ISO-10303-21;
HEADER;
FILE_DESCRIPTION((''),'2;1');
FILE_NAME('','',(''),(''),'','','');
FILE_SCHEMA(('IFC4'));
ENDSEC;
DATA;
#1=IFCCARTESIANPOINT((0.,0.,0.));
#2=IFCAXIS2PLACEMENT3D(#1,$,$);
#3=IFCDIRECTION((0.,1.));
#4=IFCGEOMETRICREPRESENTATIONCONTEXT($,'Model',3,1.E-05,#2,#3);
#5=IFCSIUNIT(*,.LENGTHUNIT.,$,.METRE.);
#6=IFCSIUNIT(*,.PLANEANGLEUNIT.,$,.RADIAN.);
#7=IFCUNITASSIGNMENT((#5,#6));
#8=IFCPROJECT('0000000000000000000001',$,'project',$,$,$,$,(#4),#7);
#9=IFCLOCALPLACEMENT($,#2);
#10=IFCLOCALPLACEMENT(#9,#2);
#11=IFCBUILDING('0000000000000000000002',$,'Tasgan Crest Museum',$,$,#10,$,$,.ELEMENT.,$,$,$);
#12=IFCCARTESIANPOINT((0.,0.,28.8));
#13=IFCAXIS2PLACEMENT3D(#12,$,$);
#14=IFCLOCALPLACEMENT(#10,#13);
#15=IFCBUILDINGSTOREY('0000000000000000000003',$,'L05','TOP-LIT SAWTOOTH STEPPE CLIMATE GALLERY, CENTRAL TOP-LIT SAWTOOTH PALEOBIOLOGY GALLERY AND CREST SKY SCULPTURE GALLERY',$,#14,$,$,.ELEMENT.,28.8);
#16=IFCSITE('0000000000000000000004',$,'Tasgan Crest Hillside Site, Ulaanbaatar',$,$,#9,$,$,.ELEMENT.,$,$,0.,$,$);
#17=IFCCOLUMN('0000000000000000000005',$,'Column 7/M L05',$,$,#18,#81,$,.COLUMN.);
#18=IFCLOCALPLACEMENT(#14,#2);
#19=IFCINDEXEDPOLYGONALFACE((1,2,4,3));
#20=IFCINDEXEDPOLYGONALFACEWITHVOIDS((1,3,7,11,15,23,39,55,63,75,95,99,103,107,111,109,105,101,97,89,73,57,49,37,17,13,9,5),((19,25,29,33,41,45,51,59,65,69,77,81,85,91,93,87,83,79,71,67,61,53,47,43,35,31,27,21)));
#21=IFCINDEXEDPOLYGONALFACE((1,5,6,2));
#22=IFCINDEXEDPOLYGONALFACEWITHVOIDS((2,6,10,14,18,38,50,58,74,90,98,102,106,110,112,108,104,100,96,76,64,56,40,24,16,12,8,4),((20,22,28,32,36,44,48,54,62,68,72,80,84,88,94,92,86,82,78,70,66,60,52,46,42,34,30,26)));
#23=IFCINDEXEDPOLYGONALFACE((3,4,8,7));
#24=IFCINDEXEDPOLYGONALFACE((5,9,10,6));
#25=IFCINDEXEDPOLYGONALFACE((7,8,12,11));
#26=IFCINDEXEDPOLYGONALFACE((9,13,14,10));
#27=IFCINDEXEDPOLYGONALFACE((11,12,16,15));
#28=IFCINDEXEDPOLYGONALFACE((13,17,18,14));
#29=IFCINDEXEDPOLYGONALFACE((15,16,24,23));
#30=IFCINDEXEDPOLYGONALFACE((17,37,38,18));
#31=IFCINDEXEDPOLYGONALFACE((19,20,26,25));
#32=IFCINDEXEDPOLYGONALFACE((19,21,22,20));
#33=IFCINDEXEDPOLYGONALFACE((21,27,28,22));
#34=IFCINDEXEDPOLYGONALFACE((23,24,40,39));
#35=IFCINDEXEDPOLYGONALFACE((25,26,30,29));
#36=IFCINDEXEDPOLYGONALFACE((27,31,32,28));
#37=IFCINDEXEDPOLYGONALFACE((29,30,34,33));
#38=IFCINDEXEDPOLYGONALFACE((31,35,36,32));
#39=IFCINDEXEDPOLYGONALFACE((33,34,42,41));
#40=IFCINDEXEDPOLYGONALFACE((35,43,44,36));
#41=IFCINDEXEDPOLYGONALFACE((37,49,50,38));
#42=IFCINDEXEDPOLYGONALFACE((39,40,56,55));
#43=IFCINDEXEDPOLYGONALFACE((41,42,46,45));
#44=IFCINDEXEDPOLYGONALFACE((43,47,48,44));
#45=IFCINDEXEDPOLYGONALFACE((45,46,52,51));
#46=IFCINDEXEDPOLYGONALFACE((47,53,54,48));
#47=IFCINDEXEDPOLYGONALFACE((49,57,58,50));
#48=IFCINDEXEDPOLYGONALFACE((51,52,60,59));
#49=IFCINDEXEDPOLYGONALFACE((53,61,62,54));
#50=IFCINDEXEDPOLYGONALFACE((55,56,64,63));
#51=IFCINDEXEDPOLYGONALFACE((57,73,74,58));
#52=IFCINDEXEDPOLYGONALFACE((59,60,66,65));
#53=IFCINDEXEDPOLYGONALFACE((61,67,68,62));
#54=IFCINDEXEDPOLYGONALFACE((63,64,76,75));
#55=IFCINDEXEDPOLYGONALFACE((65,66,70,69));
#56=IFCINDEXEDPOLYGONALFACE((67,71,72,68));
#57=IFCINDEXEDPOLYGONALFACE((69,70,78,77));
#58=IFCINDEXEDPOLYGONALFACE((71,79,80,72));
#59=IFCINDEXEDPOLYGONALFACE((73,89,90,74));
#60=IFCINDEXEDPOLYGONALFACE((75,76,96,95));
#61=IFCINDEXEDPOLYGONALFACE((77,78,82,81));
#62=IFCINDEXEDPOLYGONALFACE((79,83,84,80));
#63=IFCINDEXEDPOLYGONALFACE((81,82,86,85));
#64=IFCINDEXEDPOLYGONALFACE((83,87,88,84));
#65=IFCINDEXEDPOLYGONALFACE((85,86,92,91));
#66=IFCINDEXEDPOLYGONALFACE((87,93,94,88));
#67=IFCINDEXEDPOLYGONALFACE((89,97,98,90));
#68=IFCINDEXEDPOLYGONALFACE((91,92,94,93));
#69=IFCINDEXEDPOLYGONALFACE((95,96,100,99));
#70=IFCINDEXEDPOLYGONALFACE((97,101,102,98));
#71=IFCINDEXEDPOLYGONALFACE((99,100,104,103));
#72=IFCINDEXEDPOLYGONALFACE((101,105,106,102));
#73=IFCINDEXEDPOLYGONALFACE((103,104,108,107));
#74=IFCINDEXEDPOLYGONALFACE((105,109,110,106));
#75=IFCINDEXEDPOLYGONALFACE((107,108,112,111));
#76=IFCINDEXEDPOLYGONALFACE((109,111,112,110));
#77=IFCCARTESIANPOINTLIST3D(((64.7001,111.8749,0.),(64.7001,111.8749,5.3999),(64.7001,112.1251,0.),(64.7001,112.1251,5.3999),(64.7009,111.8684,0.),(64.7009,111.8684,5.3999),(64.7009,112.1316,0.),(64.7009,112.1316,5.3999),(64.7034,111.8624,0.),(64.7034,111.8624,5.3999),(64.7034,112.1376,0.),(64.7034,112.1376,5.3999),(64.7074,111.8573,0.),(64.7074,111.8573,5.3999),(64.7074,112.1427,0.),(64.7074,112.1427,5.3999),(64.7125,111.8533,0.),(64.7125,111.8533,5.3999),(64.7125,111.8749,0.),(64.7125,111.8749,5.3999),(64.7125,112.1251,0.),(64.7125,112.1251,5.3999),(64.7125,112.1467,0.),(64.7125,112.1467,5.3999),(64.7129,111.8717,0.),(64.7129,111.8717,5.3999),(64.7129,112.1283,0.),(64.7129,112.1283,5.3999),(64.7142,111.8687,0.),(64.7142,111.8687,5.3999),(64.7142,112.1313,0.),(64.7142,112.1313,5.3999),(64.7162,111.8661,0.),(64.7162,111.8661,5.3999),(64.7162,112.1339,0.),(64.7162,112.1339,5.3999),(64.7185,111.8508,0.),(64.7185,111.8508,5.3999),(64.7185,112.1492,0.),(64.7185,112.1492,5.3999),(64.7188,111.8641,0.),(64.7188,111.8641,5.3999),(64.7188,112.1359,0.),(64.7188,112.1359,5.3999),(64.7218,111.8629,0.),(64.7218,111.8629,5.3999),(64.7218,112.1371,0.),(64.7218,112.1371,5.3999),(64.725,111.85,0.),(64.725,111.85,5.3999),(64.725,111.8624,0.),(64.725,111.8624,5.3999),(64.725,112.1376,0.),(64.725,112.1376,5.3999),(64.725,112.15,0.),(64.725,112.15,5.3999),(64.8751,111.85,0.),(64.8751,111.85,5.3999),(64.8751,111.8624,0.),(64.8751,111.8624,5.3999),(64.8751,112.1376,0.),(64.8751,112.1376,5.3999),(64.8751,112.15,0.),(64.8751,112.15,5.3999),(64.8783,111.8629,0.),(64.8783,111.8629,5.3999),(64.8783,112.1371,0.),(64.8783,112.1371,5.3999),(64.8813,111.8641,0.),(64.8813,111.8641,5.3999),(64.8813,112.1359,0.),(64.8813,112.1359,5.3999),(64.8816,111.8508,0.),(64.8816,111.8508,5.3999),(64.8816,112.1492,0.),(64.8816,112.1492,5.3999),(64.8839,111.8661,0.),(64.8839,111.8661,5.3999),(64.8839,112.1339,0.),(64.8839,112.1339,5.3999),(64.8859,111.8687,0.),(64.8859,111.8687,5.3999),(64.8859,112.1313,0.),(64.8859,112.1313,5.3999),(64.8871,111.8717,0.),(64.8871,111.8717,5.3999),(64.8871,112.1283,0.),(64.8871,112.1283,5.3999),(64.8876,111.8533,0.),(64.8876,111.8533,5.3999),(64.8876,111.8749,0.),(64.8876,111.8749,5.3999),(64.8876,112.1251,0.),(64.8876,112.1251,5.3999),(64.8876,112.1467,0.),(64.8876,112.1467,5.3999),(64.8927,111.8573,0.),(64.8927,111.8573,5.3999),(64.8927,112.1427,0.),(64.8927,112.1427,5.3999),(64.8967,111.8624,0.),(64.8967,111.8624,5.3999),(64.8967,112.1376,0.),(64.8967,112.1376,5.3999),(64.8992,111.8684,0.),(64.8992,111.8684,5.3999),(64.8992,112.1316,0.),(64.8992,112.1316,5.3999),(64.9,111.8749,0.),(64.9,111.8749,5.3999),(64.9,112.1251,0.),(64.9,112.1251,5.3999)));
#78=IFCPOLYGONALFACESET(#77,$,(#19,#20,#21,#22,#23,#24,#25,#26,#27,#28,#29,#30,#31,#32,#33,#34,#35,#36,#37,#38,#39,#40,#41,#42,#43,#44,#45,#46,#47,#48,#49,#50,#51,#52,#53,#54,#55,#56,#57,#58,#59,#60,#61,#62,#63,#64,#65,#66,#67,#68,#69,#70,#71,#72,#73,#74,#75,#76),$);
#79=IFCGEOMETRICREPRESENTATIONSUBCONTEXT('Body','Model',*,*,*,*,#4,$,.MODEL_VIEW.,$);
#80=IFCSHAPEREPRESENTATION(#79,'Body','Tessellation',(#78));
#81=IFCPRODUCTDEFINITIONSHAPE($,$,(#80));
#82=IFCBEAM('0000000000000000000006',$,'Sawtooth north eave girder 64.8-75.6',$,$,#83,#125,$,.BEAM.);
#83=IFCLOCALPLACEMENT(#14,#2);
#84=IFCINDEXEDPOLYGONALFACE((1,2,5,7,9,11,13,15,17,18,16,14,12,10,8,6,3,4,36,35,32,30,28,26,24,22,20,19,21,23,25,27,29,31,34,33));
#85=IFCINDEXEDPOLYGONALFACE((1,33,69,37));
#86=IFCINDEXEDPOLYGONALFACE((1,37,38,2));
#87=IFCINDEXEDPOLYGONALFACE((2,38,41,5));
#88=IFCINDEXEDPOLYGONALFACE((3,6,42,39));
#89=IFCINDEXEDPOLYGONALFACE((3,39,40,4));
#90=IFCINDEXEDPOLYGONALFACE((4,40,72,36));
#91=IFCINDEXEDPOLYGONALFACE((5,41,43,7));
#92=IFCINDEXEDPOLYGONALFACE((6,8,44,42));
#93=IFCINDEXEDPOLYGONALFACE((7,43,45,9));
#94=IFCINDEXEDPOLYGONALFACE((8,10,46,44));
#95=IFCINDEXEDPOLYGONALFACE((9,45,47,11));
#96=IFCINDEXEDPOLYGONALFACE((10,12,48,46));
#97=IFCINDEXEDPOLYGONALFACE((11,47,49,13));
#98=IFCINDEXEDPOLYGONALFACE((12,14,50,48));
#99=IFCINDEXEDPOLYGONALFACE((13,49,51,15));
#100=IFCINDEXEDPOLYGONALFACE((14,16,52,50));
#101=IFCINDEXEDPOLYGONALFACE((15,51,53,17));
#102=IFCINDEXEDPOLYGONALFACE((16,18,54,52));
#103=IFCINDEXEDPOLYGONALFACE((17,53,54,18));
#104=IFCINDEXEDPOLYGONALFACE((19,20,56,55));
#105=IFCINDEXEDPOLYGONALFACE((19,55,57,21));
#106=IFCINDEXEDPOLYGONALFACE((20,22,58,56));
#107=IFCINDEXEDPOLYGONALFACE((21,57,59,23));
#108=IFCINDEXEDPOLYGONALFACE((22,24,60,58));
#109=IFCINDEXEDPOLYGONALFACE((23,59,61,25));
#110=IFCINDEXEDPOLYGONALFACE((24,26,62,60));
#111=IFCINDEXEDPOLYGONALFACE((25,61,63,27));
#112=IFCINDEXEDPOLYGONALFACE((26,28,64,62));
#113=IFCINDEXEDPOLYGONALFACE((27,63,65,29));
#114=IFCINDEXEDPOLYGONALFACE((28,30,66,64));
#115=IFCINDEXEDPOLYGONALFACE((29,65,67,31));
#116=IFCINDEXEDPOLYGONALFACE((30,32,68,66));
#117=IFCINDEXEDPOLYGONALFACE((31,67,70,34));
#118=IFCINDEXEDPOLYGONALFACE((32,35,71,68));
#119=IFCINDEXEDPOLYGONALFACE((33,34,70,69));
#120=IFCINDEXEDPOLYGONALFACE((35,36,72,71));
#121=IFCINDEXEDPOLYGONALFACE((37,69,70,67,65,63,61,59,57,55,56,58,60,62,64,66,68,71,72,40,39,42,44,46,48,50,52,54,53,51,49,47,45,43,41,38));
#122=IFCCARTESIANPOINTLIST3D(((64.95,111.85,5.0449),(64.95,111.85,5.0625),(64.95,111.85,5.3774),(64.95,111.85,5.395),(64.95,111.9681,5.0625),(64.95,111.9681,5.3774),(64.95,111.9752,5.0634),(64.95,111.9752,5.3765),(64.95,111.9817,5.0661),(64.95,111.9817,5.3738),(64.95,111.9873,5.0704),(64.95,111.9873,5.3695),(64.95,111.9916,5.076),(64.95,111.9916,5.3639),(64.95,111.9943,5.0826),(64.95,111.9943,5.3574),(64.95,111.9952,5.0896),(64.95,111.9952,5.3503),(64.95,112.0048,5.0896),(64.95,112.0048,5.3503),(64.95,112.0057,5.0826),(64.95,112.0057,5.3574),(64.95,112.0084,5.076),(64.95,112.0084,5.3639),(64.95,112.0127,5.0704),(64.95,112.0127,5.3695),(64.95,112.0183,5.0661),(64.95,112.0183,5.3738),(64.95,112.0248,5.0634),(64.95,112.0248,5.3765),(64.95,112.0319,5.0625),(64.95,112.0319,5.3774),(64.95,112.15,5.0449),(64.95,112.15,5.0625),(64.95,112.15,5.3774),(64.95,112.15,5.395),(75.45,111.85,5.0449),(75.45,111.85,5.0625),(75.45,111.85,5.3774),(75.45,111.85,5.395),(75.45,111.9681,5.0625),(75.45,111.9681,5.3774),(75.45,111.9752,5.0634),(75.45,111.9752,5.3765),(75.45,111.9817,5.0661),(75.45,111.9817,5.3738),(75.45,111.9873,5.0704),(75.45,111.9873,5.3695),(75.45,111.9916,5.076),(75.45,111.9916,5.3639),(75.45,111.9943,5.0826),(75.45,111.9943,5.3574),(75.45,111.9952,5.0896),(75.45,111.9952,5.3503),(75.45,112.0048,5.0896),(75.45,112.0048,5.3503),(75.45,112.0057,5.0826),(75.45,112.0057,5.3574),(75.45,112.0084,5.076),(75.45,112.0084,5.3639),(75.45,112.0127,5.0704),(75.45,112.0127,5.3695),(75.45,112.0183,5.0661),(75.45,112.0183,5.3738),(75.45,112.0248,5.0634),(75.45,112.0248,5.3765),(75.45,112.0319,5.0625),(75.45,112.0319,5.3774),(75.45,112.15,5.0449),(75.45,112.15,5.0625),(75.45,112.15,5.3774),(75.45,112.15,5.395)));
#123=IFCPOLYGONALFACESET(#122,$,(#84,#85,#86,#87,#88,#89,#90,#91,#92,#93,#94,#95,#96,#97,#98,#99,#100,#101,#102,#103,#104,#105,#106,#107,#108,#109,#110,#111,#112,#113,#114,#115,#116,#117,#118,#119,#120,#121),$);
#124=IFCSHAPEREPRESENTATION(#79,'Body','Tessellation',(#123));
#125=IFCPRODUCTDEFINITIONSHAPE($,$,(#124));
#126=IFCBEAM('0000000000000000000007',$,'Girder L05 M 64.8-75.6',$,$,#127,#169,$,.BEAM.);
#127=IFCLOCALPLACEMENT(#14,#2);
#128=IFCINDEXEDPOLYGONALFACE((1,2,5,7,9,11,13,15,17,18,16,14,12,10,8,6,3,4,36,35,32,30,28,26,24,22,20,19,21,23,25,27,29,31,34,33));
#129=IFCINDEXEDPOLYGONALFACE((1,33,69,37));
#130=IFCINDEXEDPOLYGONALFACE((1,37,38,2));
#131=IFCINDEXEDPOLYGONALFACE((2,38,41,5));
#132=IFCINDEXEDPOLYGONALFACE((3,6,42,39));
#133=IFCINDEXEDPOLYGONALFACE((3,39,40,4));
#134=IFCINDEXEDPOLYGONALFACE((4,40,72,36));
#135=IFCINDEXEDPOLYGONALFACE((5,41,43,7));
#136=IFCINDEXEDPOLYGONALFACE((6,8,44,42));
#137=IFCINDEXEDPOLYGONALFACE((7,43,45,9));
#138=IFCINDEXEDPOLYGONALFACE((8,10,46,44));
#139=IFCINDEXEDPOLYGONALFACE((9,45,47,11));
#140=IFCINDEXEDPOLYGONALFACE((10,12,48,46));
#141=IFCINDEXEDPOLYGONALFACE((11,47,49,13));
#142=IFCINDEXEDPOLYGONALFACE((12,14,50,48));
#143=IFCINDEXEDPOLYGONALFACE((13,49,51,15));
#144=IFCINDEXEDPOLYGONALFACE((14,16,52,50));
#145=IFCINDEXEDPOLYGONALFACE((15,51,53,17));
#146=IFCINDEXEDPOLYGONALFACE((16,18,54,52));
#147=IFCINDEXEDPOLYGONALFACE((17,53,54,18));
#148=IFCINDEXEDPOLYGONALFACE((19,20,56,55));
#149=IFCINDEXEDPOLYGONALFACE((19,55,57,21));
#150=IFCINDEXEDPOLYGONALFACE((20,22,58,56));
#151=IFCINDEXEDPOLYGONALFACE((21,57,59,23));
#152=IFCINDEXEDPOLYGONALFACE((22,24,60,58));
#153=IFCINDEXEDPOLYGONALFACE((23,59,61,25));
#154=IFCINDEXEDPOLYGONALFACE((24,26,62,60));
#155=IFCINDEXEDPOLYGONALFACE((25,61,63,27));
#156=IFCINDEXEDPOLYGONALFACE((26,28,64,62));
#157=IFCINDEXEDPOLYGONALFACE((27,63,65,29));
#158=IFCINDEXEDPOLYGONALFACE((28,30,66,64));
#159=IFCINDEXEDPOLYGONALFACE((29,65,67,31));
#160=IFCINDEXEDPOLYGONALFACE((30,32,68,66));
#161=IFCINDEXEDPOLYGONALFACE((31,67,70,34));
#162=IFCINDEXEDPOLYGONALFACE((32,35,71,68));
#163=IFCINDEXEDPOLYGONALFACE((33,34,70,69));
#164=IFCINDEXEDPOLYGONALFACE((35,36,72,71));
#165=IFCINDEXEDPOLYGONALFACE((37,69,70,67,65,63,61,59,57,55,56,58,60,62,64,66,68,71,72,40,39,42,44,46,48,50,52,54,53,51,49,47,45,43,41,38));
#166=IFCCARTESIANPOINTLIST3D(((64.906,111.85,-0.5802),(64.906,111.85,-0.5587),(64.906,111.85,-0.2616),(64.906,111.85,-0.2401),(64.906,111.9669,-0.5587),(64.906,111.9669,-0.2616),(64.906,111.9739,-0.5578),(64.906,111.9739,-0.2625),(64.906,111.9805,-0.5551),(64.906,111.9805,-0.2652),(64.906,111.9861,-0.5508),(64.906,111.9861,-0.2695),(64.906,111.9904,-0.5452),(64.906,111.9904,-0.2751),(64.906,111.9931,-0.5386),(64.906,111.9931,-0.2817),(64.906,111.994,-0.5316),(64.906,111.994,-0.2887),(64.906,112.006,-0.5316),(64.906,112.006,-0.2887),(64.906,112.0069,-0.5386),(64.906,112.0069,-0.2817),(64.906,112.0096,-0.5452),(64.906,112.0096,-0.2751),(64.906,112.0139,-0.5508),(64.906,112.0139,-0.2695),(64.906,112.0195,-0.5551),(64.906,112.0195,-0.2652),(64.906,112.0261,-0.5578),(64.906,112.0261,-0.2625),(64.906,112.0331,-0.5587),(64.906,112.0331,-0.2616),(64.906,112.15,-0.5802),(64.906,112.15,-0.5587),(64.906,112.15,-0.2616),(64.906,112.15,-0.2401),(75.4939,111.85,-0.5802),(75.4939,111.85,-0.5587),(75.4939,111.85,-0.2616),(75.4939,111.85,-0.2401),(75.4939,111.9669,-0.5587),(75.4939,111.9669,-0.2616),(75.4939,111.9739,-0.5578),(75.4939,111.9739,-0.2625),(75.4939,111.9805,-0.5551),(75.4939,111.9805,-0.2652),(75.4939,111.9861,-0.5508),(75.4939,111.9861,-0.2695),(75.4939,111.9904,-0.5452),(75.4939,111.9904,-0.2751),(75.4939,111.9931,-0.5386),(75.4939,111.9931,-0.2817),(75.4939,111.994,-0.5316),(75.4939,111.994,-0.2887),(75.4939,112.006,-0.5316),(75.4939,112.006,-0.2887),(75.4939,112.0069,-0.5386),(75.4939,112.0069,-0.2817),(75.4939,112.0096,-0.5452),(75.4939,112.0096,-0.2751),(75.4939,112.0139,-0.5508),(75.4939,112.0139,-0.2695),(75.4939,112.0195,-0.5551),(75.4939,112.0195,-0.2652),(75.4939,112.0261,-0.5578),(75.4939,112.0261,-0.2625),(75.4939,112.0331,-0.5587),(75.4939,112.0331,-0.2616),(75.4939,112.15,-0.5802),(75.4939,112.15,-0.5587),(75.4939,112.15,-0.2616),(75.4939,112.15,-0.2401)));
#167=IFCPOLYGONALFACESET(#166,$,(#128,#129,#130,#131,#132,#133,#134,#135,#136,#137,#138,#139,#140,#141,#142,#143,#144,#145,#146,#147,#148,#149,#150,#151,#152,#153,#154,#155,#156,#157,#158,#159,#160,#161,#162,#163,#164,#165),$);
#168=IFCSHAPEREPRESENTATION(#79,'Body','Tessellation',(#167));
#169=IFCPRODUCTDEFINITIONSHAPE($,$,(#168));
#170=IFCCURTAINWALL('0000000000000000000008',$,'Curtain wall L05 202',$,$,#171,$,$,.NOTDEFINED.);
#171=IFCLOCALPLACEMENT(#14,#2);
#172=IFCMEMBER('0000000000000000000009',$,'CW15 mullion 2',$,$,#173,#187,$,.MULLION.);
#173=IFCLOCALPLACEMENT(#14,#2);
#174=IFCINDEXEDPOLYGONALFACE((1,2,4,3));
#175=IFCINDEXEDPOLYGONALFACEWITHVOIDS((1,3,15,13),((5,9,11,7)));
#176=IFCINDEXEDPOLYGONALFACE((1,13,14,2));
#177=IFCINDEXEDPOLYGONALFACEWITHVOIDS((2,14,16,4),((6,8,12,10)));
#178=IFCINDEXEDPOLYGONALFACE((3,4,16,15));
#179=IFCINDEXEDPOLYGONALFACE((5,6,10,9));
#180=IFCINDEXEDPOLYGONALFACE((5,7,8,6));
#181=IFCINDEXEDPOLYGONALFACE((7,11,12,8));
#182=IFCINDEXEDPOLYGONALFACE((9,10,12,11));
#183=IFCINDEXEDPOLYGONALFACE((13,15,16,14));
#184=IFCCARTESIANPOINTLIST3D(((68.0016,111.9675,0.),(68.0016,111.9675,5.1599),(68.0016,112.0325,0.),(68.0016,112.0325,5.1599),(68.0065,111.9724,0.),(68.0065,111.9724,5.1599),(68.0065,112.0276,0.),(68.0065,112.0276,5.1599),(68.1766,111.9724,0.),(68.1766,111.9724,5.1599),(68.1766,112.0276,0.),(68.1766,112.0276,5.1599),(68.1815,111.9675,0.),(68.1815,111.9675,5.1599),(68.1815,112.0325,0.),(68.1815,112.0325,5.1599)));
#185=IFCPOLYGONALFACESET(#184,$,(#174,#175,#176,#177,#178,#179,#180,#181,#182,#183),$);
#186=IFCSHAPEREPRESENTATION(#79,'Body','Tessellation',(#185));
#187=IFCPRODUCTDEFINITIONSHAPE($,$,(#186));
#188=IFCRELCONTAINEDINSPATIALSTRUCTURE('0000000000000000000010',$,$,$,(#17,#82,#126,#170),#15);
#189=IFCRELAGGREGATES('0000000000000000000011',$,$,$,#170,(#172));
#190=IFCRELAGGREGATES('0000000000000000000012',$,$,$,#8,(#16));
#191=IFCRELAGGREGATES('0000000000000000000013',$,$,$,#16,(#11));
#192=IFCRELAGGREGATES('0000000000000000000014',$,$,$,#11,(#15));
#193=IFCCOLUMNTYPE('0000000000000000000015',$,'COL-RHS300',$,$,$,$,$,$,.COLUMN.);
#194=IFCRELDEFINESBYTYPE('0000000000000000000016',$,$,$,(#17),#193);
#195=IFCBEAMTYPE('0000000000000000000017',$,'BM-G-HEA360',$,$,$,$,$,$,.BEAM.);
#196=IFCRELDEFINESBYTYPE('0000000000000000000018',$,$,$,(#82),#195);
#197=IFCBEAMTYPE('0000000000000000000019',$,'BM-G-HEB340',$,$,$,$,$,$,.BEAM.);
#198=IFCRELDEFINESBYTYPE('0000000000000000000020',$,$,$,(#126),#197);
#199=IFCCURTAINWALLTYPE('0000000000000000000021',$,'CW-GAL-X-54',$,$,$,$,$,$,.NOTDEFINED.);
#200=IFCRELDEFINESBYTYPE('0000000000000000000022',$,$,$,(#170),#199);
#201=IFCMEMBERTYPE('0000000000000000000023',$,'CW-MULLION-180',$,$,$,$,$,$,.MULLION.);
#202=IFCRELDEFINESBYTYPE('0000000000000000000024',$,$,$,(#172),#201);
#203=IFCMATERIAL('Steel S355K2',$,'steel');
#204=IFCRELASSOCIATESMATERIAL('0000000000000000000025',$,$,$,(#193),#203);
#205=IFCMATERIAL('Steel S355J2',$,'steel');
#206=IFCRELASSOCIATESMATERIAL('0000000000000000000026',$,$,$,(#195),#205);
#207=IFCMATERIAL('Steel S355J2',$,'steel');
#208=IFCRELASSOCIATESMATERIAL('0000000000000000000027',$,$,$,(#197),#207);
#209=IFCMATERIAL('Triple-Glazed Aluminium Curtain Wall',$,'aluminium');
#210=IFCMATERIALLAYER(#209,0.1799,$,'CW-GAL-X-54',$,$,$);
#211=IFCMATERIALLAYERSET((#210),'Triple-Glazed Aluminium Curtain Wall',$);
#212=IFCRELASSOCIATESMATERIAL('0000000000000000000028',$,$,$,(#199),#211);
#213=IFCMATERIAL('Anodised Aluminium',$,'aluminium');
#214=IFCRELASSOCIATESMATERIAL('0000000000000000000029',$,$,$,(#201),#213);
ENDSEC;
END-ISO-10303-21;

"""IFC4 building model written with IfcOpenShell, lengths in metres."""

from ifc_helpers import new_model, si_unit, direction, frame, origin, origin_2d, place, context, subcontext, project, spatial, hollow_rectangle, i_section, extrude, material, layer, layer_set, material_profile, profile_set, type_object, element, aggregate, save


model = new_model("IFC4")

# Units and contexts
model_context = context("Model", 3, precision=1e-05, world=origin(), true_north=direction((0.0, 1.0)))
body_context = subcontext(model_context, "Body", "Model", "MODEL_VIEW")
ifc_project = project(units=[si_unit("LENGTHUNIT", "METRE"), si_unit("PLANEANGLEUNIT", "RADIAN")], contexts=[model_context])

# Site, building, storey
site_placement = place(None, origin())
site = spatial("IfcSite", under=ifc_project, at=site_placement, Name="Tasgan Crest Hillside Site, Ulaanbaatar", CompositionType="ELEMENT", RefElevation=0.0)
building_placement = place(site_placement, origin())
building = spatial("IfcBuilding", under=site, at=building_placement, Name="Tasgan Crest Museum", CompositionType="ELEMENT")
storey_placement = place(building_placement, frame((0.0, 0.0, 28.8)))
storey = spatial("IfcBuildingStorey", under=building, at=storey_placement, Name="L05", Description="TOP-LIT SAWTOOTH STEPPE CLIMATE GALLERY, CENTRAL TOP-LIT SAWTOOTH PALEOBIOLOGY GALLERY AND CREST SKY SCULPTURE GALLERY", CompositionType="ELEMENT", Elevation=28.8)

# Column
ifc_material_1 = material(Name="Steel S355K2", Category="steel")
ifc_material_profile_1 = material_profile(ifc_material_1, hollow_rectangle(XDim=0.2, YDim=0.3, WallThickness=0.0125, InnerFilletRadius=0.0125, OuterFilletRadius=0.0249, at=origin_2d()), Name="RHS 300x200x12.5")
ifc_profile_set_1 = profile_set([ifc_material_profile_1], Name="Steel S355K2")
column_type = type_object("IfcColumnType", Name="COL-RHS300", PredefinedType="COLUMN", material=ifc_profile_set_1)
column_placement = place(storey_placement, frame((64.8, 112.0, 0.0), z_axis=(0.0, 0.0, 1.0), x_axis=(1.0, 0.0, 0.0)))
element("IfcColumn", 1, at=column_placement, inside=storey, type_object=column_type, Name="Column 7/M L05", PredefinedType="COLUMN", context=body_context, shape_type="SweptSolid", body=[
    extrude(hollow_rectangle(XDim=0.2, YDim=0.3, WallThickness=0.0125, InnerFilletRadius=0.0125, OuterFilletRadius=0.0249, at=origin_2d()), origin(), (0.0, 0.0, 1.0), 5.3999),
])

# Beams
ifc_material_2 = material(Name="Steel S355J2", Category="steel")
ifc_material_profile_2 = material_profile(ifc_material_2, i_section(OverallWidth=0.3, OverallDepth=0.3501, WebThickness=0.0095, FlangeThickness=0.0176, FilletRadius=0.0271, at=origin_2d()), Name="HEA 360")
ifc_profile_set_2 = profile_set([ifc_material_profile_2], Name="Steel S355J2")
beam_type_1 = type_object("IfcBeamType", Name="BM-G-HEA360", PredefinedType="BEAM", material=ifc_profile_set_2)
beam_1_placement = place(storey_placement, frame((64.95, 112.0, 5.22), z_axis=(1.0, 0.0, 0.0), x_axis=(0.0, 1.0, 0.0)))
element("IfcBeam", 2, at=beam_1_placement, inside=storey, type_object=beam_type_1, Name="Sawtooth north eave girder 64.8-75.6", PredefinedType="BEAM", context=body_context, shape_type="SweptSolid", body=[
    extrude(i_section(OverallWidth=0.3, OverallDepth=0.3501, WebThickness=0.0095, FlangeThickness=0.0176, FilletRadius=0.0271, at=origin_2d()), origin(), (0.0, 0.0, 1.0), 10.5),
])
ifc_material_3 = material(Name="Steel S355J2", Category="steel")
ifc_material_profile_3 = material_profile(ifc_material_3, i_section(OverallWidth=0.3, OverallDepth=0.3401, WebThickness=0.012, FlangeThickness=0.0215, FilletRadius=0.0271, at=origin_2d()), Name="HEB 340")
ifc_profile_set_3 = profile_set([ifc_material_profile_3], Name="Steel S355J2")
beam_type_2 = type_object("IfcBeamType", Name="BM-G-HEB340", PredefinedType="BEAM", material=ifc_profile_set_3)
beam_2_placement = place(storey_placement, frame((64.906, 112.0, -0.4102), z_axis=(1.0, 0.0, 0.0), x_axis=(0.0, 1.0, 0.0)))
element("IfcBeam", 3, at=beam_2_placement, inside=storey, type_object=beam_type_2, Name="Girder L05 M 64.8-75.6", PredefinedType="BEAM", context=body_context, shape_type="SweptSolid", body=[
    extrude(i_section(OverallWidth=0.3, OverallDepth=0.3401, WebThickness=0.012, FlangeThickness=0.0215, FilletRadius=0.0271, at=origin_2d()), origin(), (0.0, 0.0, 1.0), 10.5879),
])

# Curtain wall, member
ifc_material_4 = material(Name="Triple-Glazed Aluminium Curtain Wall", Category="aluminium")
ifc_layer_1 = layer(ifc_material_4, 0.1799, Name="CW-GAL-X-54")
ifc_layer_set_1 = layer_set([ifc_layer_1], Name="Triple-Glazed Aluminium Curtain Wall")
curtain_wall_type_1 = type_object("IfcCurtainWallType", Name="CW-GAL-X-54", PredefinedType="NOTDEFINED", material=ifc_layer_set_1)
curtain_wall_1_placement = place(storey_placement, origin())
curtain_wall_1 = element("IfcCurtainWall", 4, at=curtain_wall_1_placement, inside=storey, type_object=curtain_wall_type_1, Name="Curtain wall L05 202", PredefinedType="NOTDEFINED")
ifc_material_5 = material(Name="Anodised Aluminium", Category="aluminium")
ifc_material_profile_4 = material_profile(ifc_material_5, hollow_rectangle(XDim=0.0649, YDim=0.1799, WallThickness=0.0049, at=origin_2d()), Name="ALU MULLION 180x65x5")
ifc_profile_set_4 = profile_set([ifc_material_profile_4], Name="Anodised Aluminium")
member_type_1 = type_object("IfcMemberType", Name="CW-MULLION-180", PredefinedType="MULLION", material=ifc_profile_set_4)
member_1_placement = place(storey_placement, frame((68.0916, 112.0, 0.0), z_axis=(0.0, 0.0, 1.0), x_axis=(0.0, -1.0, 0.0)))
member_1 = element("IfcMember", 5, at=member_1_placement, type_object=member_type_1, Name="CW15 mullion 2", PredefinedType="MULLION", context=body_context, shape_type="SweptSolid", body=[
    extrude(hollow_rectangle(XDim=0.0649, YDim=0.1799, WallThickness=0.0049, at=origin_2d()), origin(), (0.0, 0.0, 1.0), 5.1599),
])

aggregate(curtain_wall_1, [member_1])

save(model, "model.ifc")
